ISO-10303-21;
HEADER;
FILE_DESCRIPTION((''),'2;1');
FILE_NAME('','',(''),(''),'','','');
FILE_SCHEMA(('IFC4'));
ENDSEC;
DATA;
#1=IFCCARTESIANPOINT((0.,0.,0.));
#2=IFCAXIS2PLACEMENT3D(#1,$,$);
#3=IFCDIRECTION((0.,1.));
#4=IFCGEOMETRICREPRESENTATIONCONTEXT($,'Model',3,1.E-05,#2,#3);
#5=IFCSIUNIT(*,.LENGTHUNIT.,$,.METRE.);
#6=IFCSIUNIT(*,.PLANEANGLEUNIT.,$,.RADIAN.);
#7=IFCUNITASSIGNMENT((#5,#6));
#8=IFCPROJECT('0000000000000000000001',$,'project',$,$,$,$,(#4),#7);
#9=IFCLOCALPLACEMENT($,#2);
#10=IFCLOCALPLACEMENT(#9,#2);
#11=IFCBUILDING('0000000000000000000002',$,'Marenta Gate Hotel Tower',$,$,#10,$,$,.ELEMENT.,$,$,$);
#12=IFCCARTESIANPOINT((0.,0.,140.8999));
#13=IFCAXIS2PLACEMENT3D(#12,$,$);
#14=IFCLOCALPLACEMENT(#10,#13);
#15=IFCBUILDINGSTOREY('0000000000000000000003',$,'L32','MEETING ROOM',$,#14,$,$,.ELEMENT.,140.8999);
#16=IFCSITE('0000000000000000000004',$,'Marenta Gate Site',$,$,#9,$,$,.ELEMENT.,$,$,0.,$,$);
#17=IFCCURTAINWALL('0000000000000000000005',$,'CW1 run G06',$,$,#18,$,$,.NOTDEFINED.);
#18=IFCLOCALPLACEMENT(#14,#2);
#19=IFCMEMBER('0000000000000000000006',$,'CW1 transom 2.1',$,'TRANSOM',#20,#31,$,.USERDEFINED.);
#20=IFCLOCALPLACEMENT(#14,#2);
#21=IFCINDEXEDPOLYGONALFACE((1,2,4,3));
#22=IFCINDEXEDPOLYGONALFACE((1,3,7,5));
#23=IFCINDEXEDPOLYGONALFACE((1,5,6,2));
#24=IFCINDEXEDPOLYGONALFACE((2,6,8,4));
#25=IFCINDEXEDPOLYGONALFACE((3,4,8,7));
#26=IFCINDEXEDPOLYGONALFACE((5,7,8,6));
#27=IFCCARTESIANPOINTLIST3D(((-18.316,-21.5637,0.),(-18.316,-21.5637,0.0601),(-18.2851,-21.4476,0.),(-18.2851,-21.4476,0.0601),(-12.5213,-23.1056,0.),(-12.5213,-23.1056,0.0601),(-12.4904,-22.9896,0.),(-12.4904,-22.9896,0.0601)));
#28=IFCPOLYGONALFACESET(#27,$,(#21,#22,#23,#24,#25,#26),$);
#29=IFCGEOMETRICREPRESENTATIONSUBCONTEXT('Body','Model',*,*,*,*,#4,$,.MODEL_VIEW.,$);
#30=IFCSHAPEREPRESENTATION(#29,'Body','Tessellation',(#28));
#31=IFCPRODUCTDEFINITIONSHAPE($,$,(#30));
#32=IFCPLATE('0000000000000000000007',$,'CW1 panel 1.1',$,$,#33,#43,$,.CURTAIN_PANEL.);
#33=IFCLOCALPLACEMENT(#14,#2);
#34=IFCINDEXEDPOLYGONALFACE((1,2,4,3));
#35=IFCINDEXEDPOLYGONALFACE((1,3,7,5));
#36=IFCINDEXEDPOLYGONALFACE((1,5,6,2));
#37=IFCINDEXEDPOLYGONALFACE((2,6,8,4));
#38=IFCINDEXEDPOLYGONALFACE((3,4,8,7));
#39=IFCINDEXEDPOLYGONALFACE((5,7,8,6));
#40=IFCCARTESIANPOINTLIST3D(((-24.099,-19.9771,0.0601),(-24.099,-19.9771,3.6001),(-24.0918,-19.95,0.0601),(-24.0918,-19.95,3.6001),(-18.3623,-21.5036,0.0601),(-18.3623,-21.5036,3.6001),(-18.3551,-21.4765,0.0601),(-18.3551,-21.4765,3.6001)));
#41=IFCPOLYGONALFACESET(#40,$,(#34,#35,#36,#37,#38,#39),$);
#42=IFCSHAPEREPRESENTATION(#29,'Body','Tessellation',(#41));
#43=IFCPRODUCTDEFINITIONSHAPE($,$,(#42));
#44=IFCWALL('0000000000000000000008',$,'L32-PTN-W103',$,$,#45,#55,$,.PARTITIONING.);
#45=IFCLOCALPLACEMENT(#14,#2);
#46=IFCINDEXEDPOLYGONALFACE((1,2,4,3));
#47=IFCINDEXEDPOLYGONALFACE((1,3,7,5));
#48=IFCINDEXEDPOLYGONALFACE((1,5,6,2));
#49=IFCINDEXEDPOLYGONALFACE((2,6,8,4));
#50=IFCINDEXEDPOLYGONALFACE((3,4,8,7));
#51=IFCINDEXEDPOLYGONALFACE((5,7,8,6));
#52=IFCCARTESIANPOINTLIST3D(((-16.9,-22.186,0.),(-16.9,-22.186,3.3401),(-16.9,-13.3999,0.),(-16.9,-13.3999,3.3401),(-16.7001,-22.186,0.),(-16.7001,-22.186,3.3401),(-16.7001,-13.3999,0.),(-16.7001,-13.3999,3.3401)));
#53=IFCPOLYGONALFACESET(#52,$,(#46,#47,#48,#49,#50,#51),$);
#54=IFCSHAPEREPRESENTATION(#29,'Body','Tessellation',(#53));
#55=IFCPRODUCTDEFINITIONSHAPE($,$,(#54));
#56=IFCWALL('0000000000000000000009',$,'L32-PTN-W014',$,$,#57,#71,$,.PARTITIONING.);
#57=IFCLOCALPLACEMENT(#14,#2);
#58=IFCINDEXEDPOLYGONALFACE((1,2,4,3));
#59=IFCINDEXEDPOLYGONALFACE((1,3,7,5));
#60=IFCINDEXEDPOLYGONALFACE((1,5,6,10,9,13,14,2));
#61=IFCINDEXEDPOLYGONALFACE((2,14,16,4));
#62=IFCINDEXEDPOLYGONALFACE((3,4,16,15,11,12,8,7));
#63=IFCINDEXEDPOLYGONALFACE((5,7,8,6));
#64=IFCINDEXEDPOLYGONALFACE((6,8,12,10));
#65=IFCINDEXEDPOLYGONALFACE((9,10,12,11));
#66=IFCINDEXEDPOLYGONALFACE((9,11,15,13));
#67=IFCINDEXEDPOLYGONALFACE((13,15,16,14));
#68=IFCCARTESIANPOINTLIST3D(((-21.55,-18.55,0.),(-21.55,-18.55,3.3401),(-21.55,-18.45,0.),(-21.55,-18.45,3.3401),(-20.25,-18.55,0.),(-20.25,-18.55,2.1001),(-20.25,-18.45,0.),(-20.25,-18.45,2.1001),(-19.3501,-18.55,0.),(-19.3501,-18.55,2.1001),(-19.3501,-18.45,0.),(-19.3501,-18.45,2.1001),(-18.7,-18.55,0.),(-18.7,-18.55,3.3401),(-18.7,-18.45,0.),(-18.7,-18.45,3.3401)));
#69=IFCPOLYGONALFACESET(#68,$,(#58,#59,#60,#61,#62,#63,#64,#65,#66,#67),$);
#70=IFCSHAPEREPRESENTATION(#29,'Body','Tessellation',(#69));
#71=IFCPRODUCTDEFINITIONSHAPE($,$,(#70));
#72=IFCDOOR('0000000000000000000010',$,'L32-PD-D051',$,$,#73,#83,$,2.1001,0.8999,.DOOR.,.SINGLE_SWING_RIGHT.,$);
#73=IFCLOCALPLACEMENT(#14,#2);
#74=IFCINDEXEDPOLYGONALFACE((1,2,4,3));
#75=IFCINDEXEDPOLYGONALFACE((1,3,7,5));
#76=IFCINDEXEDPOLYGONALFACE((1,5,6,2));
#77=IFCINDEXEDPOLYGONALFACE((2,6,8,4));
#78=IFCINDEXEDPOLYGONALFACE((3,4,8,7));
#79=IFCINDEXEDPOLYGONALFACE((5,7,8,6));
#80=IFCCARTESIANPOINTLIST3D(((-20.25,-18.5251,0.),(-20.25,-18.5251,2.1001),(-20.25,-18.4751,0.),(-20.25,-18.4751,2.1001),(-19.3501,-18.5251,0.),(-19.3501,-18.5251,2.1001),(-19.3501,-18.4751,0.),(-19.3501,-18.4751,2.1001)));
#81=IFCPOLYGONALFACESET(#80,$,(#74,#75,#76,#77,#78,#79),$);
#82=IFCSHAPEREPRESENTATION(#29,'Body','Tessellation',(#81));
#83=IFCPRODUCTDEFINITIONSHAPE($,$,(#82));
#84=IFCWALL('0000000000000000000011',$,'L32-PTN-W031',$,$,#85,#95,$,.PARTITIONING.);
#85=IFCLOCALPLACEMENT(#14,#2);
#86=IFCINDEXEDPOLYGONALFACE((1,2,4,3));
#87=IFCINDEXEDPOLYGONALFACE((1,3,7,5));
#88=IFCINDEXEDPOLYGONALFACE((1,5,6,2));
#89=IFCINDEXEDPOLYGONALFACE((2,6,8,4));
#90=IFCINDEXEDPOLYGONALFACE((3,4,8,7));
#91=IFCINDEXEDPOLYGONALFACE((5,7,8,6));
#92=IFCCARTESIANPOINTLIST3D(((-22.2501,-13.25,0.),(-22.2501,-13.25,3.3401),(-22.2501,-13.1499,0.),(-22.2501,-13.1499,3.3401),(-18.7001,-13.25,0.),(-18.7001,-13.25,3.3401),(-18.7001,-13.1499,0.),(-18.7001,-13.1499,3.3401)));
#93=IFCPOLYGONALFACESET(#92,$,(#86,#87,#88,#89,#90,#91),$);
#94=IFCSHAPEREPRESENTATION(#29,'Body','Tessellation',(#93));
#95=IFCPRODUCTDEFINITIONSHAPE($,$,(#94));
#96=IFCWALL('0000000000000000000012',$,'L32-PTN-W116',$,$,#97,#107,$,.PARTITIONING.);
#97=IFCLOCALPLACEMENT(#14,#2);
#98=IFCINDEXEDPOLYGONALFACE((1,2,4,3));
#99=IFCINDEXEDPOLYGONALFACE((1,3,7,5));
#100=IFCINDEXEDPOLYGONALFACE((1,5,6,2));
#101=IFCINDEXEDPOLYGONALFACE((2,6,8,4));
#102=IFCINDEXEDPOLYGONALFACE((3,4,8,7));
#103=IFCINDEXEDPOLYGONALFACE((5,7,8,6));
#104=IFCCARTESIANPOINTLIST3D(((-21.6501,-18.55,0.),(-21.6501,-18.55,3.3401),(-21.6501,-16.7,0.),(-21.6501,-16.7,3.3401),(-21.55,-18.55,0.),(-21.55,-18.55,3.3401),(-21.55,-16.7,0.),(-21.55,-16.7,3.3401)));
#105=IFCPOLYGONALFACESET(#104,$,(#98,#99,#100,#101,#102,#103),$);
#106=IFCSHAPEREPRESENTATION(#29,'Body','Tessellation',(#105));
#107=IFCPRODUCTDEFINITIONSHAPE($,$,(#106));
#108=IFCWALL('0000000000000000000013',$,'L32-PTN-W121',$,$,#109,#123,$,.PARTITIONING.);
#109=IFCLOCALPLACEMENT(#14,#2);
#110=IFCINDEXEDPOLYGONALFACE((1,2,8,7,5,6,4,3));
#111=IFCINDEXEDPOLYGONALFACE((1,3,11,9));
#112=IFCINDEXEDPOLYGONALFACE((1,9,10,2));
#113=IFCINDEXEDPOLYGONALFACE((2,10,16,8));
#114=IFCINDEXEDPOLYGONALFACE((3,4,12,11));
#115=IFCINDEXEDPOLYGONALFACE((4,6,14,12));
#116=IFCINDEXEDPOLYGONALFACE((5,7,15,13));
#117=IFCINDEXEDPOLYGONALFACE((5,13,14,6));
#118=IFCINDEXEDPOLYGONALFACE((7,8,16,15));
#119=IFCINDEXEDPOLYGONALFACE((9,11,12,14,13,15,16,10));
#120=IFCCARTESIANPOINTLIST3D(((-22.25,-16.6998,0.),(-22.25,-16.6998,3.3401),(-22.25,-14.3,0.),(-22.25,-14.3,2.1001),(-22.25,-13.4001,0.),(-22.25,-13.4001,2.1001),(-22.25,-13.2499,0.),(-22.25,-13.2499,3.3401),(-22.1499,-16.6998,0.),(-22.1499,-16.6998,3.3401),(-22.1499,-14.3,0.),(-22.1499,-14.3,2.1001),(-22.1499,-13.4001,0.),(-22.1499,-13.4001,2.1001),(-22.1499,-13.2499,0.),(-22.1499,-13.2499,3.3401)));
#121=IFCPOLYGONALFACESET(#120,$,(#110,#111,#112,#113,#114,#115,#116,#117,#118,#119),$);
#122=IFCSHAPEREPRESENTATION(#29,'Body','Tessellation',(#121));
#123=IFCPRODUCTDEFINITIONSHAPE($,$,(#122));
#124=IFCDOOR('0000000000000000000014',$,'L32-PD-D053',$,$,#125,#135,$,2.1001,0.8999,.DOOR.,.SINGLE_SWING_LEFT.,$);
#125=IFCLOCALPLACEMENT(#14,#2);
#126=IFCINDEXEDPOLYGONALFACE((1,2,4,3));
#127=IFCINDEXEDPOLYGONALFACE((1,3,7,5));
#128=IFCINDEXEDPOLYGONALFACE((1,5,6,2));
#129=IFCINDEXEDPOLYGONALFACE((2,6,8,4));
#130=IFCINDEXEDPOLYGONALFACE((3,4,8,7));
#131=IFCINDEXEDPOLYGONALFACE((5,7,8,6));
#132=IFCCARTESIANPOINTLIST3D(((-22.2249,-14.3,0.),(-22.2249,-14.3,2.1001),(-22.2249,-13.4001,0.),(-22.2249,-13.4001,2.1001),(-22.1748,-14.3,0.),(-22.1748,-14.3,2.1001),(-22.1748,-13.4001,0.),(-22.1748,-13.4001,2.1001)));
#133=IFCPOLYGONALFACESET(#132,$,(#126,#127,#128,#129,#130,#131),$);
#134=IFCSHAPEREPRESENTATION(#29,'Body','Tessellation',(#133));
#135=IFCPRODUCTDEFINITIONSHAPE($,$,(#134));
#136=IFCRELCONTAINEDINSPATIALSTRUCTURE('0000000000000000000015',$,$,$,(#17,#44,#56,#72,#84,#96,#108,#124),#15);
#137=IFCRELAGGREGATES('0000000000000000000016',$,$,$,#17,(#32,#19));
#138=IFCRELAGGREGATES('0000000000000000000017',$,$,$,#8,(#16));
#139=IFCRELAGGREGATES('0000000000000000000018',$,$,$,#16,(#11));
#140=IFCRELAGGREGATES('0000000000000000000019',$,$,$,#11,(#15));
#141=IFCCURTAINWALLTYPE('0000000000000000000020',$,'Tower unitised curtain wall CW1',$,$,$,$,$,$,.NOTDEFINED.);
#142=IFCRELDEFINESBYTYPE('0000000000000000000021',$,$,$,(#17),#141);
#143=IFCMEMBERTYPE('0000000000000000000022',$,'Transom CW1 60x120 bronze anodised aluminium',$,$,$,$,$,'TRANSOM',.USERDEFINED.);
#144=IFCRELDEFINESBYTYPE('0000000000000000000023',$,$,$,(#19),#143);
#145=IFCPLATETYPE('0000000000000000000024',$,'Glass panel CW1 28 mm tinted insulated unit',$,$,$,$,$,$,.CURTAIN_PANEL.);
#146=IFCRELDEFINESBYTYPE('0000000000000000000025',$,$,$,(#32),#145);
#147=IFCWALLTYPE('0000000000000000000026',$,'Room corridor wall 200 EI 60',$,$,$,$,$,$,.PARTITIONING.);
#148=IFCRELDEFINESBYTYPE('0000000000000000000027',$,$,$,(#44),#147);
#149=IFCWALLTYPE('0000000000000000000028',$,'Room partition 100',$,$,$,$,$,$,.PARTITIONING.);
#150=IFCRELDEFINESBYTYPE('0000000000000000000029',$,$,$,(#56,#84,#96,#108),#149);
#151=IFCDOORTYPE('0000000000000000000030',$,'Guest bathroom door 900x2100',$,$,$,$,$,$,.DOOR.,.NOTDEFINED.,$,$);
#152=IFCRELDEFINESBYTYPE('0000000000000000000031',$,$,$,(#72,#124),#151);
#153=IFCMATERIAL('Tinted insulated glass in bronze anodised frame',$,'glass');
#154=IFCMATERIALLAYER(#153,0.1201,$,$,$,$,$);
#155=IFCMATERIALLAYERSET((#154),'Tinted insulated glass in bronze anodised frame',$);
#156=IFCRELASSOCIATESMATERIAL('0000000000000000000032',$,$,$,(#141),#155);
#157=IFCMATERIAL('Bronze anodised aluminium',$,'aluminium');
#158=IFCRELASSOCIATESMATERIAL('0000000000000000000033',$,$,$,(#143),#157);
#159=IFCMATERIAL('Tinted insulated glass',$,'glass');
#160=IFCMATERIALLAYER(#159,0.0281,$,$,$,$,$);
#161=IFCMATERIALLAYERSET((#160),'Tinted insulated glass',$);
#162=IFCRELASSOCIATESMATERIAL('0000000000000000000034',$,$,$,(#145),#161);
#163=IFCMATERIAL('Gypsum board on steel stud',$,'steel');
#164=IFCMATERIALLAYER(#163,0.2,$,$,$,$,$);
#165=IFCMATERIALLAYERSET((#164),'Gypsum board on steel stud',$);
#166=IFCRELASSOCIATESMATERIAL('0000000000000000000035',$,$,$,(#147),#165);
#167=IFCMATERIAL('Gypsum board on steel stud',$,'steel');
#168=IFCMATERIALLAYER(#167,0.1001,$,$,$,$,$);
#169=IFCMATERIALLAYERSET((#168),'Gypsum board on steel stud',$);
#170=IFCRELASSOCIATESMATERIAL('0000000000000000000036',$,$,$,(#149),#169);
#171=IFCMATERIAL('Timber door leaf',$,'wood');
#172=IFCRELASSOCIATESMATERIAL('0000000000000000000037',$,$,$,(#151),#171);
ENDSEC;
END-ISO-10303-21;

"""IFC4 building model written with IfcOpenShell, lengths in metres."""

from ifc_helpers import new_model, si_unit, direction, frame, frame_2d, origin, origin_2d, place, context, subcontext, project, spatial, rectangle, extrude, material, layer, layer_set, material_profile, profile_set, type_object, element, fill, aggregate, save


model = new_model("IFC4")

# Units and contexts
model_context = context("Model", 3, precision=1e-05, world=origin(), true_north=direction((0.0, 1.0)))
body_context = subcontext(model_context, "Body", "Model", "MODEL_VIEW")
ifc_project = project(units=[si_unit("LENGTHUNIT", "METRE"), si_unit("PLANEANGLEUNIT", "RADIAN")], contexts=[model_context])

# Site, building, storey
site_placement = place(None, origin())
site = spatial("IfcSite", under=ifc_project, at=site_placement, Name="Marenta Gate Site", CompositionType="ELEMENT", RefElevation=0.0)
building_placement = place(site_placement, origin())
building = spatial("IfcBuilding", under=site, at=building_placement, Name="Marenta Gate Hotel Tower", CompositionType="ELEMENT")
storey_placement = place(building_placement, frame((0.0, 0.0, 140.8999)))
storey = spatial("IfcBuildingStorey", under=building, at=storey_placement, Name="L32", Description="MEETING ROOM", CompositionType="ELEMENT", Elevation=140.8999)

# Curtain wall, member, plate
ifc_material_1 = material(Name="Tinted insulated glass in bronze anodised frame", Category="glass")
ifc_layer_1 = layer(ifc_material_1, 0.1201)
ifc_layer_set_1 = layer_set([ifc_layer_1], Name="Tinted insulated glass in bronze anodised frame")
curtain_wall_type = type_object("IfcCurtainWallType", Name="Tower unitised curtain wall CW1", PredefinedType="NOTDEFINED", material=ifc_layer_set_1)
curtain_wall_placement = place(storey_placement, origin())
curtain_wall = element("IfcCurtainWall", 1, at=curtain_wall_placement, inside=storey, type_object=curtain_wall_type, Name="CW1 run G06", PredefinedType="NOTDEFINED")
ifc_material_2 = material(Name="Bronze anodised aluminium", Category="aluminium")
ifc_material_profile_1 = material_profile(ifc_material_2, rectangle(XDim=0.1201, YDim=0.0601, at=origin_2d()), Name="Transom CW1 60x120 bronze anodised aluminium")
ifc_profile_set_1 = profile_set([ifc_material_profile_1], Name="Bronze anodised aluminium")
member_type_1 = type_object("IfcMemberType", Name="Transom CW1 60x120 bronze anodised aluminium", ElementType="TRANSOM", PredefinedType="USERDEFINED", material=ifc_profile_set_1)
member_1_placement = place(storey_placement, frame((-18.3005, -21.5056, 0.03), z_axis=(0.96637, -0.257156, 0.0), x_axis=(0.257156, 0.96637, 0.0)))
member_1 = element("IfcMember", 2, at=member_1_placement, type_object=member_type_1, Name="CW1 transom 2.1", ObjectType="TRANSOM", PredefinedType="USERDEFINED", context=body_context, shape_type="SweptSolid", body=[
    extrude(rectangle(XDim=0.1201, YDim=0.0601, at=origin_2d()), origin(), (0.0, 0.0, 1.0), 5.9963),
])
ifc_material_3 = material(Name="Tinted insulated glass", Category="glass")
ifc_layer_2 = layer(ifc_material_3, 0.0281)
ifc_layer_set_2 = layer_set([ifc_layer_2], Name="Tinted insulated glass")
plate_type = type_object("IfcPlateType", Name="Glass panel CW1 28 mm tinted insulated unit", PredefinedType="CURTAIN_PANEL", material=ifc_layer_set_2)
plate_placement = place(storey_placement, frame((-21.2271, -20.7268, 0.0601), z_axis=(0.0, 0.0, 1.0), x_axis=(0.966373, -0.257144, 0.0)))
plate = element("IfcPlate", 3, at=plate_placement, type_object=plate_type, Name="CW1 panel 1.1", PredefinedType="CURTAIN_PANEL", context=body_context, shape_type="SweptSolid", body=[
    extrude(rectangle(XDim=5.9363, YDim=0.0281, at=origin_2d()), origin(), (0.0, 0.0, 1.0), 3.54),
])
aggregate(curtain_wall, [plate, member_1])

# Shared definitions
ifc_material_4 = material(Name="Gypsum board on steel stud", Category="steel")
ifc_layer_3 = layer(ifc_material_4, 0.2)
ifc_layer_set_3 = layer_set([ifc_layer_3], Name="Gypsum board on steel stud")
wall_type_1 = type_object("IfcWallType", Name="Room corridor wall 200 EI 60", PredefinedType="PARTITIONING", material=ifc_layer_set_3)

# Wall
wall_1_placement = place(storey_placement, frame((-16.8, -22.186, 0.0), z_axis=(0.0, 0.0, 1.0), x_axis=(0.0, 1.0, 0.0)))
element("IfcWall", 4, at=wall_1_placement, inside=storey, type_object=wall_type_1, Name="L32-PTN-W103", PredefinedType="PARTITIONING", context=body_context, shape_type="SweptSolid", body=[
    extrude(rectangle(XDim=8.7861, YDim=0.2, at=frame_2d((4.3931, 0.0))), origin(), (0.0, 0.0, 1.0), 3.3401),
])

# Wall, opening, door
ifc_material_5 = material(Name="Gypsum board on steel stud", Category="steel")
ifc_layer_4 = layer(ifc_material_5, 0.1001)
ifc_layer_set_4 = layer_set([ifc_layer_4], Name="Gypsum board on steel stud")
wall_type_2 = type_object("IfcWallType", Name="Room partition 100", PredefinedType="PARTITIONING", material=ifc_layer_set_4)
wall_2_placement = place(storey_placement, frame((-21.55, -18.5, 0.0), z_axis=(0.0, 0.0, 1.0), x_axis=(1.0, 0.0, 0.0)))
wall_2 = element("IfcWall", 5, at=wall_2_placement, inside=storey, type_object=wall_type_2, Name="L32-PTN-W014", PredefinedType="PARTITIONING", context=body_context, shape_type="SweptSolid", body=[
    extrude(rectangle(XDim=2.8501, YDim=0.1001, at=frame_2d((1.425, 0.0))), origin(), (0.0, 0.0, 1.0), 3.3401),
])
opening_1_placement = place(wall_2_placement, frame((1.3, 0.0, 0.0)))
opening_1 = element("IfcOpeningElement", 6, at=opening_1_placement, cuts=wall_2, PredefinedType="OPENING", context=body_context, shape_type="SweptSolid", body=[
    extrude(rectangle(XDim=0.8999, YDim=2.1001, at=frame_2d((0.45, 1.05))), frame((0.0, 0.05, 0.0), z_axis=(0.0, -1.0, 0.0), x_axis=(1.0, 0.0, 0.0)), (0.0, 0.0, 1.0), 0.1001),
])
ifc_material_6 = material(Name="Timber door leaf", Category="wood")
door_type_1 = type_object("IfcDoorType", Name="Guest bathroom door 900x2100", OperationType="NOTDEFINED", PredefinedType="DOOR", material=ifc_material_6)
door_1_placement = place(opening_1_placement, origin())
door_1 = element("IfcDoor", 7, at=door_1_placement, inside=storey, type_object=door_type_1, Name="L32-PD-D051", OperationType="SINGLE_SWING_RIGHT", OverallHeight=2.1001, OverallWidth=0.8999, PredefinedType="DOOR", context=body_context, shape_type="SweptSolid", body=[
    extrude(rectangle(XDim=0.8999, YDim=2.1001, at=frame_2d((0.45, 1.05))), frame((0.0, 0.0249, 0.0), z_axis=(0.0, -1.0, 0.0), x_axis=(1.0, 0.0, 0.0)), (0.0, 0.0, 1.0), 0.05),
])
fill(opening_1, door_1)

# Walls
wall_3_placement = place(storey_placement, frame((-22.25, -13.2, 0.0), z_axis=(0.0, 0.0, 1.0), x_axis=(1.0, 0.0, 0.0)))
element("IfcWall", 8, at=wall_3_placement, inside=storey, type_object=wall_type_2, Name="L32-PTN-W031", PredefinedType="PARTITIONING", context=body_context, shape_type="SweptSolid", body=[
    extrude(rectangle(XDim=3.55, YDim=0.1001, at=frame_2d((1.7749, 0.0))), origin(), (0.0, 0.0, 1.0), 3.3401),
])
wall_4_placement = place(storey_placement, frame((-21.6001, -18.55, 0.0), z_axis=(0.0, 0.0, 1.0), x_axis=(0.0, 1.0, 0.0)))
element("IfcWall", 9, at=wall_4_placement, inside=storey, type_object=wall_type_2, Name="L32-PTN-W116", PredefinedType="PARTITIONING", context=body_context, shape_type="SweptSolid", body=[
    extrude(rectangle(XDim=1.8501, YDim=0.1001, at=frame_2d((0.925, 0.0))), origin(), (0.0, 0.0, 1.0), 3.3401),
])

# Wall, opening, door
wall_5_placement = place(storey_placement, frame((-22.2, -16.7, 0.0), z_axis=(0.0, 0.0, 1.0), x_axis=(0.0, 1.0, 0.0)))
wall_5 = element("IfcWall", 10, at=wall_5_placement, inside=storey, type_object=wall_type_2, Name="L32-PTN-W121", PredefinedType="PARTITIONING", context=body_context, shape_type="SweptSolid", body=[
    extrude(rectangle(XDim=3.45, YDim=0.1001, at=frame_2d((1.7251, 0.0))), origin(), (0.0, 0.0, 1.0), 3.3401),
])
opening_2_placement = place(wall_5_placement, frame((2.3999, 0.0, 0.0)))
opening_2 = element("IfcOpeningElement", 11, at=opening_2_placement, cuts=wall_5, PredefinedType="OPENING", context=body_context, shape_type="SweptSolid", body=[
    extrude(rectangle(XDim=0.8999, YDim=2.1001, at=frame_2d((0.45, 1.05))), frame((0.0, 0.05, 0.0), z_axis=(0.0, -1.0, 0.0), x_axis=(1.0, 0.0, 0.0)), (0.0, 0.0, 1.0), 0.1001),
])
door_2_placement = place(opening_2_placement, origin())
door_2 = element("IfcDoor", 12, at=door_2_placement, inside=storey, type_object=door_type_1, Name="L32-PD-D053", OperationType="SINGLE_SWING_LEFT", OverallHeight=2.1001, OverallWidth=0.8999, PredefinedType="DOOR", context=body_context, shape_type="SweptSolid", body=[
    extrude(rectangle(XDim=0.8999, YDim=2.1001, at=frame_2d((0.45, 1.05))), frame((0.0, 0.0249, 0.0), z_axis=(0.0, -1.0, 0.0), x_axis=(1.0, 0.0, 0.0)), (0.0, 0.0, 1.0), 0.05),
])
fill(opening_2, door_2)

save(model, "model.ifc")
